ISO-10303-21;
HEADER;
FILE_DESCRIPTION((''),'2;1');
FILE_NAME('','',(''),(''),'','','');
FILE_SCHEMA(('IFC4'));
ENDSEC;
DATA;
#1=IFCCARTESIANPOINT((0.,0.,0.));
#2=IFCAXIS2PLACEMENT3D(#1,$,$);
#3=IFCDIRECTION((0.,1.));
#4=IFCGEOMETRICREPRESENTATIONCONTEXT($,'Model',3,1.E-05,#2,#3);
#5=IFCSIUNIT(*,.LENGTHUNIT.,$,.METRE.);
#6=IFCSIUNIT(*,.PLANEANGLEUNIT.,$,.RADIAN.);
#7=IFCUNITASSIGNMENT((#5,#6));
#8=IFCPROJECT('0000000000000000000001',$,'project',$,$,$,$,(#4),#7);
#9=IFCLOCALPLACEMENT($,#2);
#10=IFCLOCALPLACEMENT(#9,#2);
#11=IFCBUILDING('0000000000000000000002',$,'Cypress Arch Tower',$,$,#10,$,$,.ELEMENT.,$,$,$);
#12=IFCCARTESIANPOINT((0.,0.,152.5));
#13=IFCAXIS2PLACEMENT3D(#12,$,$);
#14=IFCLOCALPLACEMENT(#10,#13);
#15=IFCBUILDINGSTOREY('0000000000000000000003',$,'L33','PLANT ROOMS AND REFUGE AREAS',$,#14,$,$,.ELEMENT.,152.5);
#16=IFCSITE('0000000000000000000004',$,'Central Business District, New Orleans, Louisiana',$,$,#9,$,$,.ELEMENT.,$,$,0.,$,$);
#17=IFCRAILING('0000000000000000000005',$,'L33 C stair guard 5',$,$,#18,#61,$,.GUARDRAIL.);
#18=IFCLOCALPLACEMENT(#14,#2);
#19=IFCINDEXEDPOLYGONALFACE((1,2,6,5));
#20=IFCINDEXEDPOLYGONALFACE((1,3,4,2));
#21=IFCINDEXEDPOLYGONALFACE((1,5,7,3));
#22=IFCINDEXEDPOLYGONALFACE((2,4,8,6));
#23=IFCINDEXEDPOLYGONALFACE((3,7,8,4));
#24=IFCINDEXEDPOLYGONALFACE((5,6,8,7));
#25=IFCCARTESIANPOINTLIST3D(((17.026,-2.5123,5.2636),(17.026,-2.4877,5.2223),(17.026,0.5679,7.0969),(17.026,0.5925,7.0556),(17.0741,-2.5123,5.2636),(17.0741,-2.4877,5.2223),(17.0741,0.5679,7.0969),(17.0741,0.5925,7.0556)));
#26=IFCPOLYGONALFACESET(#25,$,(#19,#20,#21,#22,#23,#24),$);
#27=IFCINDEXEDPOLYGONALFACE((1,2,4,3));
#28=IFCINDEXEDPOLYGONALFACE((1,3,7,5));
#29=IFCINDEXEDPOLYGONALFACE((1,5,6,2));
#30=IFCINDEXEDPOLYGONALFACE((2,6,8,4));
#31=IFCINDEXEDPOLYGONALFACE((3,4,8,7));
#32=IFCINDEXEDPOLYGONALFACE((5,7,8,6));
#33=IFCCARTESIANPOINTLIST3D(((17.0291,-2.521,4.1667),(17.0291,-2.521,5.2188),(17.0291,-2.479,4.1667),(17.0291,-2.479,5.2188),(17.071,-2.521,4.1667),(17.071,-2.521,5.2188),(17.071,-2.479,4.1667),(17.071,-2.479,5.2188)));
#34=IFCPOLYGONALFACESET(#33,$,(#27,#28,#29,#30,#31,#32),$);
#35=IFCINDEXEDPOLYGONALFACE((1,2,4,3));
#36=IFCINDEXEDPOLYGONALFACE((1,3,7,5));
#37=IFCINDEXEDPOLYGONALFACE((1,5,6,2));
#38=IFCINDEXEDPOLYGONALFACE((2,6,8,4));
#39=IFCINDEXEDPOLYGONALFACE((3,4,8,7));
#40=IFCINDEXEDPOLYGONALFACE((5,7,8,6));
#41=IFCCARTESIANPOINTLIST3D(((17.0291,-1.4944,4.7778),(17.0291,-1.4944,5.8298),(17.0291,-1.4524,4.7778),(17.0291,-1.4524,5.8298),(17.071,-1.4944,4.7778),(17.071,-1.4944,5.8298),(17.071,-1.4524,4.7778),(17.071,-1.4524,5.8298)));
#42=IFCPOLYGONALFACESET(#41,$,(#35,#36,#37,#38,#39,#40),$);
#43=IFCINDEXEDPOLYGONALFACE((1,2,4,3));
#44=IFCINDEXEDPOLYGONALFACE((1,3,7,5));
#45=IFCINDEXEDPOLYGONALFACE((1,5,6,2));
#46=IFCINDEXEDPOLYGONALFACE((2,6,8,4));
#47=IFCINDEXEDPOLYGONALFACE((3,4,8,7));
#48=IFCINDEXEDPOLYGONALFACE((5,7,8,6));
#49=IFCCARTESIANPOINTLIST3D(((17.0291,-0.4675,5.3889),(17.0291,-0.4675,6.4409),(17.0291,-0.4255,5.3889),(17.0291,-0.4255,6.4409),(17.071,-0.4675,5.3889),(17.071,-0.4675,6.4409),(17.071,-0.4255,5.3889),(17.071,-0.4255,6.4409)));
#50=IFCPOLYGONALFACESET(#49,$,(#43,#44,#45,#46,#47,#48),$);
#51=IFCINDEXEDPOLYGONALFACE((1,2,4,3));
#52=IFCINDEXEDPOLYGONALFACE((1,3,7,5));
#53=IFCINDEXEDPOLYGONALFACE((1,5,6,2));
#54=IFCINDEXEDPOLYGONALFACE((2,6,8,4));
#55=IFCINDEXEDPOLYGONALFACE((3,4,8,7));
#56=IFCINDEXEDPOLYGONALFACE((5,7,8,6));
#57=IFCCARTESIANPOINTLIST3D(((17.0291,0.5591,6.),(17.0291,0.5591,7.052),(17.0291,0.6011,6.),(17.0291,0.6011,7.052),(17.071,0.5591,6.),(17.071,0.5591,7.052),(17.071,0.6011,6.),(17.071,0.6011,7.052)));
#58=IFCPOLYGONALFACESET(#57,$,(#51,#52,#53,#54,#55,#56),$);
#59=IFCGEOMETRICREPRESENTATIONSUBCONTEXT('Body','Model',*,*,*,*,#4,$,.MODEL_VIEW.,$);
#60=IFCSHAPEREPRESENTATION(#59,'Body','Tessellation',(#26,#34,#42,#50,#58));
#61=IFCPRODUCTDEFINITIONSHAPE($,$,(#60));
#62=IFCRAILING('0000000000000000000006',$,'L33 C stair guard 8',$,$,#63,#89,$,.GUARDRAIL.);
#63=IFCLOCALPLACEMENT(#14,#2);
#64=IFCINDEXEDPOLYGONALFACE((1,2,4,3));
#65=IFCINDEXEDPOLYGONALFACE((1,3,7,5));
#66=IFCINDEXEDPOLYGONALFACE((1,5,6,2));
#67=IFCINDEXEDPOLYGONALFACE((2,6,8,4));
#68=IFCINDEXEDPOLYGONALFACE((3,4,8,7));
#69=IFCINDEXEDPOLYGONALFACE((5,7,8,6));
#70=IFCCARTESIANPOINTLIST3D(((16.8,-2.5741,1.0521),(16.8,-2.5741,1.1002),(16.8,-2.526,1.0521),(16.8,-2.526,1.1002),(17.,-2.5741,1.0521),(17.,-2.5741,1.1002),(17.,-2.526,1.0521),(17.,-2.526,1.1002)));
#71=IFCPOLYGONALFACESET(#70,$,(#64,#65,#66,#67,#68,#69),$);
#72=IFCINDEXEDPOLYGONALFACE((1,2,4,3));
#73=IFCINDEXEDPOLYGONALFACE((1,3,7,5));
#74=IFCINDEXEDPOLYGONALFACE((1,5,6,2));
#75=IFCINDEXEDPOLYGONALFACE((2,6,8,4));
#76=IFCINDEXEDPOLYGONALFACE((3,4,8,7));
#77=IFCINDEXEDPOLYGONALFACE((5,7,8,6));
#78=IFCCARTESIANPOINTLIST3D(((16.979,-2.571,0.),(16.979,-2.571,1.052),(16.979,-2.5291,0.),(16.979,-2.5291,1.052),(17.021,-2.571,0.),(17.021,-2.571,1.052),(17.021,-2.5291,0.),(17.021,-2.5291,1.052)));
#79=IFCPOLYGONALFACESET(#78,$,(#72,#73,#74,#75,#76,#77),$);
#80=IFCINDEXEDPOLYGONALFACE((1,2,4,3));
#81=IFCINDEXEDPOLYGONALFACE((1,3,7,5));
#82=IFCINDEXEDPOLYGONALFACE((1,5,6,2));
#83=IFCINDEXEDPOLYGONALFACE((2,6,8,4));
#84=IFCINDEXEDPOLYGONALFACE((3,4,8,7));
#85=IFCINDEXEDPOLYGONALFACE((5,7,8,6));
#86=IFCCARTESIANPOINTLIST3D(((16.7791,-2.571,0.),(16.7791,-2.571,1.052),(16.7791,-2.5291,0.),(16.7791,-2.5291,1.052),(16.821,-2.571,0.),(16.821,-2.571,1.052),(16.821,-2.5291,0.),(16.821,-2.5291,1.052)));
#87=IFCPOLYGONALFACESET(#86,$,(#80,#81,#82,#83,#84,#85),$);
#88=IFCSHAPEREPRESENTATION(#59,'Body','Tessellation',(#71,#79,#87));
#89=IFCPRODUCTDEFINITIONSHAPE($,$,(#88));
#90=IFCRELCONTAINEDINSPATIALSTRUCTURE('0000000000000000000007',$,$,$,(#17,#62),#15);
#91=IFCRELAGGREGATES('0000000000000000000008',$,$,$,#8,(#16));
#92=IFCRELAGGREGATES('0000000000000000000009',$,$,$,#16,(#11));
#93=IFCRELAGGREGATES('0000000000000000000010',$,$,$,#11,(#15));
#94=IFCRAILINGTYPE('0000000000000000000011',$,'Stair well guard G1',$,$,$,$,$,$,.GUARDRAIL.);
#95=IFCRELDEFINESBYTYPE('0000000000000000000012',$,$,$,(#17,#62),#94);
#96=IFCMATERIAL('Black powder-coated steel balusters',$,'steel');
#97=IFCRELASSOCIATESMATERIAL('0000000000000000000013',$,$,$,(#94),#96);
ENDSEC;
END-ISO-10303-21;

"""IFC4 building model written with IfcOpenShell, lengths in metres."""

from ifc_helpers import new_model, si_unit, direction, frame, origin, origin_2d, place, context, subcontext, project, spatial, rectangle, extrude, material, type_object, element, save


model = new_model("IFC4")

# Units and contexts
model_context = context("Model", 3, precision=1e-05, world=origin(), true_north=direction((0.0, 1.0)))
body_context = subcontext(model_context, "Body", "Model", "MODEL_VIEW")
ifc_project = project(units=[si_unit("LENGTHUNIT", "METRE"), si_unit("PLANEANGLEUNIT", "RADIAN")], contexts=[model_context])

# Site, building, storey
site_placement = place(None, origin())
site = spatial("IfcSite", under=ifc_project, at=site_placement, Name="Central Business District, New Orleans, Louisiana", CompositionType="ELEMENT", RefElevation=0.0)
building_placement = place(site_placement, origin())
building = spatial("IfcBuilding", under=site, at=building_placement, Name="Cypress Arch Tower", CompositionType="ELEMENT")
storey_placement = place(building_placement, frame((0.0, 0.0, 152.5)))
storey = spatial("IfcBuildingStorey", under=building, at=storey_placement, Name="L33", Description="PLANT ROOMS AND REFUGE AREAS", CompositionType="ELEMENT", Elevation=152.5)

# Railings
ifc_material_1 = material(Name="Black powder-coated steel balusters", Category="steel")
railing_type_1 = type_object("IfcRailingType", Name="Stair well guard G1", PredefinedType="GUARDRAIL", material=ifc_material_1)
railing_1_placement = place(storey_placement, frame((17.05, -2.5, 4.1667)))
element("IfcRailing", 1, at=railing_1_placement, inside=storey, type_object=railing_type_1, Name="L33 C stair guard 5", PredefinedType="GUARDRAIL", context=body_context, shape_type="SweptSolid", body=[
    extrude(rectangle(XDim=0.0481, YDim=0.0481, at=origin_2d()), frame((0.0, 0.0, 1.0762), z_axis=(0.0, 0.859309, 0.511458), x_axis=(-1.0, 0.0, 0.0)), (0.0, 0.0, 1.0), 3.5845),
    extrude(rectangle(XDim=0.042, YDim=0.042, at=origin_2d()), origin(), (0.0, 0.0, 1.0), 1.052),
    extrude(rectangle(XDim=0.042, YDim=0.042, at=origin_2d()), frame((0.0, 1.0266, 0.6111)), (0.0, 0.0, 1.0), 1.052),
    extrude(rectangle(XDim=0.042, YDim=0.042, at=origin_2d()), frame((0.0, 2.0535, 1.2222)), (0.0, 0.0, 1.0), 1.052),
    extrude(rectangle(XDim=0.042, YDim=0.042, at=origin_2d()), frame((0.0, 3.0801, 1.8333)), (0.0, 0.0, 1.0), 1.052),
])
railing_2_placement = place(storey_placement, frame((17.0, -2.55, 0.0)))
element("IfcRailing", 2, at=railing_2_placement, inside=storey, type_object=railing_type_1, Name="L33 C stair guard 8", PredefinedType="GUARDRAIL", context=body_context, shape_type="SweptSolid", body=[
    extrude(rectangle(XDim=0.0481, YDim=0.0481, at=origin_2d()), frame((0.0, 0.0, 1.0762), z_axis=(-1.0, 0.0, 0.0), x_axis=(0.0, -1.0, 0.0)), (0.0, 0.0, 1.0), 0.2),
    extrude(rectangle(XDim=0.042, YDim=0.042, at=origin_2d()), origin(), (0.0, 0.0, 1.0), 1.052),
    extrude(rectangle(XDim=0.042, YDim=0.042, at=origin_2d()), frame((-0.2, 0.0, 0.0)), (0.0, 0.0, 1.0), 1.052),
])

save(model, "model.ifc")
